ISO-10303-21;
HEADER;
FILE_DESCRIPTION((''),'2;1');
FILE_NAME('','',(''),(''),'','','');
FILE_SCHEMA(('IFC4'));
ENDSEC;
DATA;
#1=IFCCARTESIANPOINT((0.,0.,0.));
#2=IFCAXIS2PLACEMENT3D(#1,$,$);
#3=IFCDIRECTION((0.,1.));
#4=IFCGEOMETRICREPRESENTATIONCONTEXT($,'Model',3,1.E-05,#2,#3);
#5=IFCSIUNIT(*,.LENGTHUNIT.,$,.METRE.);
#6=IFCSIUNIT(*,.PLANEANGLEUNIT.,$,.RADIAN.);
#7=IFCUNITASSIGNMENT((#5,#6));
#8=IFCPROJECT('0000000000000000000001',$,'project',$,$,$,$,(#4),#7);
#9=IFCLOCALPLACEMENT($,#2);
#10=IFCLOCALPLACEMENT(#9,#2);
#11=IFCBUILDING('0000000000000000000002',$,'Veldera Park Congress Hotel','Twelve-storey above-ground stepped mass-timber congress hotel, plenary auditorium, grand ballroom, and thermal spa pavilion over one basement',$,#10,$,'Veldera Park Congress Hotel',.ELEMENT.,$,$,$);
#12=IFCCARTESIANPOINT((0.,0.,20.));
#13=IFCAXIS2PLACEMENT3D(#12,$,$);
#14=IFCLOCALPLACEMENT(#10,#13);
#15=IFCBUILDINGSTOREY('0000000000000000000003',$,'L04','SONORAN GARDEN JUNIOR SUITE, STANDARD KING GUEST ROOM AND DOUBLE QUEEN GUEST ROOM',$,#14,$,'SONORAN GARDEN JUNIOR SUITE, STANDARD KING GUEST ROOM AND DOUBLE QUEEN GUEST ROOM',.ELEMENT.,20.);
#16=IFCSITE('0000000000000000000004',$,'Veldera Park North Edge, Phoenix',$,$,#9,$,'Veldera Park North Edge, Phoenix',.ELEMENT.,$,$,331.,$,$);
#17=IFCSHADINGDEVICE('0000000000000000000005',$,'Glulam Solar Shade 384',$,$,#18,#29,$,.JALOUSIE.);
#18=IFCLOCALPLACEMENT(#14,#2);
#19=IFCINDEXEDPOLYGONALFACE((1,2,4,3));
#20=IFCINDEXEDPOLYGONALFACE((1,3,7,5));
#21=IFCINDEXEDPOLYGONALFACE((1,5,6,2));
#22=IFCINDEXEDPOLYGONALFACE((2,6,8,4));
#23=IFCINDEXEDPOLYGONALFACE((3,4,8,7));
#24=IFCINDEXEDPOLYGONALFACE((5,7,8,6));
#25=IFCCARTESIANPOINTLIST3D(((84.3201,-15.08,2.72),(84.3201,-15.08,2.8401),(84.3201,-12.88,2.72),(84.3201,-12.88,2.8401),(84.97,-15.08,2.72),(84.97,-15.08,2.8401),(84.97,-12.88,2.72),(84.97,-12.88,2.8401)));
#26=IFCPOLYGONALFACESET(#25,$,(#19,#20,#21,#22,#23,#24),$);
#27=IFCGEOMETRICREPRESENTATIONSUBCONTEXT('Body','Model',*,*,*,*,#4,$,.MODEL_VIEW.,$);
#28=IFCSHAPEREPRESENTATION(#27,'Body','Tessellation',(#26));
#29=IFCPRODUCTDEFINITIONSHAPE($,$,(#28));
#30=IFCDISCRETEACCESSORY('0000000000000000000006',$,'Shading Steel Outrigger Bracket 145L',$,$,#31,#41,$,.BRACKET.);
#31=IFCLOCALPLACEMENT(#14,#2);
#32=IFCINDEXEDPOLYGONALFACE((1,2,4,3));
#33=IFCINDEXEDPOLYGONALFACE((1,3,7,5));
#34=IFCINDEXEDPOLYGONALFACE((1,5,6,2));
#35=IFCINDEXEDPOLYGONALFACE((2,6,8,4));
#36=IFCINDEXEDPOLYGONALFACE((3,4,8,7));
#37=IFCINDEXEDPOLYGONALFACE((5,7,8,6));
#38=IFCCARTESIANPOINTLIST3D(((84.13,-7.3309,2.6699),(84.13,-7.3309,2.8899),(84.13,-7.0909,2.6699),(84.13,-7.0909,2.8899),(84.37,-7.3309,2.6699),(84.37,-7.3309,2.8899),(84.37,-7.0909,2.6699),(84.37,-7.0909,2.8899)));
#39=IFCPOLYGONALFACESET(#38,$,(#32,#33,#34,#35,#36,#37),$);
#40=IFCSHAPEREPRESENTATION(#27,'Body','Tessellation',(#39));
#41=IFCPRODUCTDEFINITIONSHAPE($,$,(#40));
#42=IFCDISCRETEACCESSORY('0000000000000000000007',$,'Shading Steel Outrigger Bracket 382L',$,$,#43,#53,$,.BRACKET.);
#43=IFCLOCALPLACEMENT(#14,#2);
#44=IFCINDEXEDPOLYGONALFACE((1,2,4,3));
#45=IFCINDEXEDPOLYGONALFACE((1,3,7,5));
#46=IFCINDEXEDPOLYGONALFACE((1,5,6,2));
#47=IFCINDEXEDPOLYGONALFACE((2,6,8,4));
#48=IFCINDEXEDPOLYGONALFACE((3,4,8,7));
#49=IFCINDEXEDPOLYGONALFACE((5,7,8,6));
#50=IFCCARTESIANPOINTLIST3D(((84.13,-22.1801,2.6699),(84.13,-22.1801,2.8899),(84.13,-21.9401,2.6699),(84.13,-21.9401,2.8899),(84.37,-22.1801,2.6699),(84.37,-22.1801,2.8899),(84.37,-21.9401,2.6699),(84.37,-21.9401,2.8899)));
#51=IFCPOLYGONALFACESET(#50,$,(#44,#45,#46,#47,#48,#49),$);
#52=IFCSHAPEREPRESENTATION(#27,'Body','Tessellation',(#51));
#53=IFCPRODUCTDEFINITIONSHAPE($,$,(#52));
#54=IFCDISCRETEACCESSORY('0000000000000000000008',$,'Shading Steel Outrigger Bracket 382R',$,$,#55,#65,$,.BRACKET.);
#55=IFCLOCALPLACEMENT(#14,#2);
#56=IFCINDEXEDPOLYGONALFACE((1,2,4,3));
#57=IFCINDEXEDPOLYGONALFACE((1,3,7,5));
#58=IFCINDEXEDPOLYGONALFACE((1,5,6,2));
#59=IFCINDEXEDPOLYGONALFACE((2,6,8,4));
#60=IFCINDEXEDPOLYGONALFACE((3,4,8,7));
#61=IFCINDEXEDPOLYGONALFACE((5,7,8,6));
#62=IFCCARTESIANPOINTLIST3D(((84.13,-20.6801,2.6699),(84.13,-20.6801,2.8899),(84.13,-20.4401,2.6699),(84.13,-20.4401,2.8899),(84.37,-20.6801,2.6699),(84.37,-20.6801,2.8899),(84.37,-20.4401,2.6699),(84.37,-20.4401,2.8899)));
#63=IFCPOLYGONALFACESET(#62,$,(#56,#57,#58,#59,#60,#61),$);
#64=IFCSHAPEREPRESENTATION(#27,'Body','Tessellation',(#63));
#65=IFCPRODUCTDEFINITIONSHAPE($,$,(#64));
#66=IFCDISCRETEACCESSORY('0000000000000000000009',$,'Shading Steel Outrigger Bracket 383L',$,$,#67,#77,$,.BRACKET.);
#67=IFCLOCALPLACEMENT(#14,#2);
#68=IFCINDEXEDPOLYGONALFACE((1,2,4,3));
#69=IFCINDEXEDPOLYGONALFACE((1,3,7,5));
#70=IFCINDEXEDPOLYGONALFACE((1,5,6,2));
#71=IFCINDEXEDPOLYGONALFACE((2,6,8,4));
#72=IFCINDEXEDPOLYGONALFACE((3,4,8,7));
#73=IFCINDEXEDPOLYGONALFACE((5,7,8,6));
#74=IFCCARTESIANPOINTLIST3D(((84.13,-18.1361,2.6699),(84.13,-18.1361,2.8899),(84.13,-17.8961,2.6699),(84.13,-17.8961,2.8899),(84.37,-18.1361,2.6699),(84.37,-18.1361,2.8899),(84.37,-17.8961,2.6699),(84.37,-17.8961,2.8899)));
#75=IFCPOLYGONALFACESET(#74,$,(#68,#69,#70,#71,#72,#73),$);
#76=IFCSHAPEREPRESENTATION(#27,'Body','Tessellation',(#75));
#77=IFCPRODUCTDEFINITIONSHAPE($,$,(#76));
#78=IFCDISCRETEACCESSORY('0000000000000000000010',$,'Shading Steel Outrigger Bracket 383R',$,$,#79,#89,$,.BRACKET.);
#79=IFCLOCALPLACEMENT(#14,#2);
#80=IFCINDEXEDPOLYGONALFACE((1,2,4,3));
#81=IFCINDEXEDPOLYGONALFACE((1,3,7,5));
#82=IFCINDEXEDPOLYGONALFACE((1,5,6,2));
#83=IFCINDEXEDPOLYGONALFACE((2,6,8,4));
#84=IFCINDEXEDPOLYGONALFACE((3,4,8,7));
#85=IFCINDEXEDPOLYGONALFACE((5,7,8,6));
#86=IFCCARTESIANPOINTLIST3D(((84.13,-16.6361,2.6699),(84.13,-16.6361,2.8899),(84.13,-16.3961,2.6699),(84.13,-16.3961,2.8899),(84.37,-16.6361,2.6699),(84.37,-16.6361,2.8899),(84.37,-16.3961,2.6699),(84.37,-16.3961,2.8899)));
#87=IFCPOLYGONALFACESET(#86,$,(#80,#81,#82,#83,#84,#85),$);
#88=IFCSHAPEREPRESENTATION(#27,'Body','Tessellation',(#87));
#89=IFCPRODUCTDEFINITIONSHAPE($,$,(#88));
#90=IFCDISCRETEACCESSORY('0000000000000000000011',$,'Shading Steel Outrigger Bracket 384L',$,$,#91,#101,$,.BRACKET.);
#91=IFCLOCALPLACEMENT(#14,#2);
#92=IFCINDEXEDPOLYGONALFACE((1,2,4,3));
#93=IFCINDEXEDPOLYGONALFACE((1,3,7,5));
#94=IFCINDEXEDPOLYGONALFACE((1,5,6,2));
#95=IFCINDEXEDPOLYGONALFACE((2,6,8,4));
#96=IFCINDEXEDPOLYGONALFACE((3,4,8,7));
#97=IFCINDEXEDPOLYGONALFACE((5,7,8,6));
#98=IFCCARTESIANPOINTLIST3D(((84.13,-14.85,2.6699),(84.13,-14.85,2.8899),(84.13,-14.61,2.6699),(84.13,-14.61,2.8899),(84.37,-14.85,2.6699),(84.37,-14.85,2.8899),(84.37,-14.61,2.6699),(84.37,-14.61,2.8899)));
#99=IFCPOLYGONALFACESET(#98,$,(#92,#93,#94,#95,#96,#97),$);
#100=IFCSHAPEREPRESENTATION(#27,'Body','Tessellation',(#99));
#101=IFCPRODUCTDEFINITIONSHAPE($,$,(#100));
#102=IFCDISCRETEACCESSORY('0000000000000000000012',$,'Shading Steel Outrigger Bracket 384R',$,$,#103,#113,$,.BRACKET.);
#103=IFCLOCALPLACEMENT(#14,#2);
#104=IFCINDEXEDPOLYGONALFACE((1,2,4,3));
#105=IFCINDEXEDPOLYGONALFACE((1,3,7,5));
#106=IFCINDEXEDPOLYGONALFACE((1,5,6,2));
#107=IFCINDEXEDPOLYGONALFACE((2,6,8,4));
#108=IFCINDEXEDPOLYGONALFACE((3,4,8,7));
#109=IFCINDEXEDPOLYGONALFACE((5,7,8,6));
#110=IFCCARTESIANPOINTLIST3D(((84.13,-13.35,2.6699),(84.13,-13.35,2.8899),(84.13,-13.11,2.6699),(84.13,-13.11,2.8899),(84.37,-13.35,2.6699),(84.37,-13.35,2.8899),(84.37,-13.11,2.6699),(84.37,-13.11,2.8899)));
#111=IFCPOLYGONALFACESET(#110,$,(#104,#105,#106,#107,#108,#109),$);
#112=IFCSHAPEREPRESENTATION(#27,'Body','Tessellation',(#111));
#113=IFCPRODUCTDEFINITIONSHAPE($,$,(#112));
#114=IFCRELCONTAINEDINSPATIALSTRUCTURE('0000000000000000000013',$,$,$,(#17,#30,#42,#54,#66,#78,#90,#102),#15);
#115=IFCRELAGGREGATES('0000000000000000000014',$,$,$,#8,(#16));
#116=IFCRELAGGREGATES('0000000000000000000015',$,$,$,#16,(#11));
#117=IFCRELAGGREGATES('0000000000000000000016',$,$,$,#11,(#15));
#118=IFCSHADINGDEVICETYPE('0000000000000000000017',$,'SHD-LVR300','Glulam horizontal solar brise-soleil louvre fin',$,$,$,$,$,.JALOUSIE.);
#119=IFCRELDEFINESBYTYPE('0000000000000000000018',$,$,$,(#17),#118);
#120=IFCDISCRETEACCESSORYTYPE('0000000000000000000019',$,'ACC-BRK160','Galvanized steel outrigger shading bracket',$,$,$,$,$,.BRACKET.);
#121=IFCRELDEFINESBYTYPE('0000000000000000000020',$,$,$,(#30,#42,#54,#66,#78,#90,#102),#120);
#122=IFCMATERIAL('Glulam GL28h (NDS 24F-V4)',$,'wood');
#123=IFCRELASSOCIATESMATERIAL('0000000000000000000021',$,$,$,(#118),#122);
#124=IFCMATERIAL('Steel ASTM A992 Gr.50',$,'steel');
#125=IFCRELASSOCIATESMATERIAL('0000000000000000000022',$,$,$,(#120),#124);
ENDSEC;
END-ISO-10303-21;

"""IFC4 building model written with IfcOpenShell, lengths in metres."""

from ifc_helpers import new_model, si_unit, direction, frame, origin, origin_2d, place, context, subcontext, project, spatial, rectangle, extrude, material, type_object, element, save


model = new_model("IFC4")

# Units and contexts
model_context = context("Model", 3, precision=1e-05, world=origin(), true_north=direction((0.0, 1.0)))
body_context = subcontext(model_context, "Body", "Model", "MODEL_VIEW")
ifc_project = project(units=[si_unit("LENGTHUNIT", "METRE"), si_unit("PLANEANGLEUNIT", "RADIAN")], contexts=[model_context])

# Site, building, storey
site_placement = place(None, origin())
site = spatial("IfcSite", under=ifc_project, at=site_placement, Name="Veldera Park North Edge, Phoenix", LongName="Veldera Park North Edge, Phoenix", CompositionType="ELEMENT", RefElevation=331.0)
building_placement = place(site_placement, origin())
building = spatial("IfcBuilding", under=site, at=building_placement, Name="Veldera Park Congress Hotel", Description="Twelve-storey above-ground stepped mass-timber congress hotel, plenary auditorium, grand ballroom, and thermal spa pavilion over one basement", LongName="Veldera Park Congress Hotel", CompositionType="ELEMENT")
storey_placement = place(building_placement, frame((0.0, 0.0, 20.0)))
storey = spatial("IfcBuildingStorey", under=building, at=storey_placement, Name="L04", Description="SONORAN GARDEN JUNIOR SUITE, STANDARD KING GUEST ROOM AND DOUBLE QUEEN GUEST ROOM", LongName="SONORAN GARDEN JUNIOR SUITE, STANDARD KING GUEST ROOM AND DOUBLE QUEEN GUEST ROOM", CompositionType="ELEMENT", Elevation=20.0)

# Shared definitions
ifc_material_1 = material(Name="Glulam GL28h (NDS 24F-V4)", Category="wood")

# Shared definitions
ifc_material_2 = material(Name="Steel ASTM A992 Gr.50", Category="steel")

# Shading device
shading_device_type = type_object("IfcShadingDeviceType", Name="SHD-LVR300", Description="Glulam horizontal solar brise-soleil louvre fin", PredefinedType="JALOUSIE", material=ifc_material_1)
for number, where, z_axis, x_axis, name in (
    (1, (84.645, -13.98, 2.72), (0.0, 0.0, 1.0), (0.0, 1.0, 0.0), "Glulam Solar Shade 384"),
):
    element("IfcShadingDevice", number, at=place(storey_placement, frame(where, z_axis=z_axis, x_axis=x_axis)), inside=storey, type_object=shading_device_type, Name=name, PredefinedType="JALOUSIE", context=body_context, shape_type="SweptSolid", body=[
        extrude(rectangle(XDim=2.2, YDim=0.6499, at=origin_2d()), origin(), (0.0, 0.0, 1.0), 0.1201),
    ])

# Discrete accessories
discrete_accessory_type = type_object("IfcDiscreteAccessoryType", Name="ACC-BRK160", Description="Galvanized steel outrigger shading bracket", PredefinedType="BRACKET", material=ifc_material_2)
for number, where, z_axis, x_axis, name in (
    (2, (84.25, -7.2109, 2.6699), (0.0, 0.0, 1.0), (0.0, 1.0, 0.0), "Shading Steel Outrigger Bracket 145L"),
    (3, (84.25, -22.0601, 2.6699), (0.0, 0.0, 1.0), (0.0, 1.0, 0.0), "Shading Steel Outrigger Bracket 382L"),
    (4, (84.25, -20.5601, 2.6699), (0.0, 0.0, 1.0), (0.0, 1.0, 0.0), "Shading Steel Outrigger Bracket 382R"),
    (5, (84.25, -18.0161, 2.6699), (0.0, 0.0, 1.0), (0.0, 1.0, 0.0), "Shading Steel Outrigger Bracket 383L"),
    (6, (84.25, -16.5161, 2.6699), (0.0, 0.0, 1.0), (0.0, 1.0, 0.0), "Shading Steel Outrigger Bracket 383R"),
    (7, (84.25, -14.73, 2.6699), (0.0, 0.0, 1.0), (0.0, 1.0, 0.0), "Shading Steel Outrigger Bracket 384L"),
    (8, (84.25, -13.23, 2.6699), (0.0, 0.0, 1.0), (0.0, 1.0, 0.0), "Shading Steel Outrigger Bracket 384R"),
):
    element("IfcDiscreteAccessory", number, at=place(storey_placement, frame(where, z_axis=z_axis, x_axis=x_axis)), inside=storey, type_object=discrete_accessory_type, Name=name, PredefinedType="BRACKET", context=body_context, shape_type="SweptSolid", body=[
        extrude(rectangle(XDim=0.24, YDim=0.24, at=origin_2d()), origin(), (0.0, 0.0, 1.0), 0.22),
    ])

save(model, "model.ifc")
